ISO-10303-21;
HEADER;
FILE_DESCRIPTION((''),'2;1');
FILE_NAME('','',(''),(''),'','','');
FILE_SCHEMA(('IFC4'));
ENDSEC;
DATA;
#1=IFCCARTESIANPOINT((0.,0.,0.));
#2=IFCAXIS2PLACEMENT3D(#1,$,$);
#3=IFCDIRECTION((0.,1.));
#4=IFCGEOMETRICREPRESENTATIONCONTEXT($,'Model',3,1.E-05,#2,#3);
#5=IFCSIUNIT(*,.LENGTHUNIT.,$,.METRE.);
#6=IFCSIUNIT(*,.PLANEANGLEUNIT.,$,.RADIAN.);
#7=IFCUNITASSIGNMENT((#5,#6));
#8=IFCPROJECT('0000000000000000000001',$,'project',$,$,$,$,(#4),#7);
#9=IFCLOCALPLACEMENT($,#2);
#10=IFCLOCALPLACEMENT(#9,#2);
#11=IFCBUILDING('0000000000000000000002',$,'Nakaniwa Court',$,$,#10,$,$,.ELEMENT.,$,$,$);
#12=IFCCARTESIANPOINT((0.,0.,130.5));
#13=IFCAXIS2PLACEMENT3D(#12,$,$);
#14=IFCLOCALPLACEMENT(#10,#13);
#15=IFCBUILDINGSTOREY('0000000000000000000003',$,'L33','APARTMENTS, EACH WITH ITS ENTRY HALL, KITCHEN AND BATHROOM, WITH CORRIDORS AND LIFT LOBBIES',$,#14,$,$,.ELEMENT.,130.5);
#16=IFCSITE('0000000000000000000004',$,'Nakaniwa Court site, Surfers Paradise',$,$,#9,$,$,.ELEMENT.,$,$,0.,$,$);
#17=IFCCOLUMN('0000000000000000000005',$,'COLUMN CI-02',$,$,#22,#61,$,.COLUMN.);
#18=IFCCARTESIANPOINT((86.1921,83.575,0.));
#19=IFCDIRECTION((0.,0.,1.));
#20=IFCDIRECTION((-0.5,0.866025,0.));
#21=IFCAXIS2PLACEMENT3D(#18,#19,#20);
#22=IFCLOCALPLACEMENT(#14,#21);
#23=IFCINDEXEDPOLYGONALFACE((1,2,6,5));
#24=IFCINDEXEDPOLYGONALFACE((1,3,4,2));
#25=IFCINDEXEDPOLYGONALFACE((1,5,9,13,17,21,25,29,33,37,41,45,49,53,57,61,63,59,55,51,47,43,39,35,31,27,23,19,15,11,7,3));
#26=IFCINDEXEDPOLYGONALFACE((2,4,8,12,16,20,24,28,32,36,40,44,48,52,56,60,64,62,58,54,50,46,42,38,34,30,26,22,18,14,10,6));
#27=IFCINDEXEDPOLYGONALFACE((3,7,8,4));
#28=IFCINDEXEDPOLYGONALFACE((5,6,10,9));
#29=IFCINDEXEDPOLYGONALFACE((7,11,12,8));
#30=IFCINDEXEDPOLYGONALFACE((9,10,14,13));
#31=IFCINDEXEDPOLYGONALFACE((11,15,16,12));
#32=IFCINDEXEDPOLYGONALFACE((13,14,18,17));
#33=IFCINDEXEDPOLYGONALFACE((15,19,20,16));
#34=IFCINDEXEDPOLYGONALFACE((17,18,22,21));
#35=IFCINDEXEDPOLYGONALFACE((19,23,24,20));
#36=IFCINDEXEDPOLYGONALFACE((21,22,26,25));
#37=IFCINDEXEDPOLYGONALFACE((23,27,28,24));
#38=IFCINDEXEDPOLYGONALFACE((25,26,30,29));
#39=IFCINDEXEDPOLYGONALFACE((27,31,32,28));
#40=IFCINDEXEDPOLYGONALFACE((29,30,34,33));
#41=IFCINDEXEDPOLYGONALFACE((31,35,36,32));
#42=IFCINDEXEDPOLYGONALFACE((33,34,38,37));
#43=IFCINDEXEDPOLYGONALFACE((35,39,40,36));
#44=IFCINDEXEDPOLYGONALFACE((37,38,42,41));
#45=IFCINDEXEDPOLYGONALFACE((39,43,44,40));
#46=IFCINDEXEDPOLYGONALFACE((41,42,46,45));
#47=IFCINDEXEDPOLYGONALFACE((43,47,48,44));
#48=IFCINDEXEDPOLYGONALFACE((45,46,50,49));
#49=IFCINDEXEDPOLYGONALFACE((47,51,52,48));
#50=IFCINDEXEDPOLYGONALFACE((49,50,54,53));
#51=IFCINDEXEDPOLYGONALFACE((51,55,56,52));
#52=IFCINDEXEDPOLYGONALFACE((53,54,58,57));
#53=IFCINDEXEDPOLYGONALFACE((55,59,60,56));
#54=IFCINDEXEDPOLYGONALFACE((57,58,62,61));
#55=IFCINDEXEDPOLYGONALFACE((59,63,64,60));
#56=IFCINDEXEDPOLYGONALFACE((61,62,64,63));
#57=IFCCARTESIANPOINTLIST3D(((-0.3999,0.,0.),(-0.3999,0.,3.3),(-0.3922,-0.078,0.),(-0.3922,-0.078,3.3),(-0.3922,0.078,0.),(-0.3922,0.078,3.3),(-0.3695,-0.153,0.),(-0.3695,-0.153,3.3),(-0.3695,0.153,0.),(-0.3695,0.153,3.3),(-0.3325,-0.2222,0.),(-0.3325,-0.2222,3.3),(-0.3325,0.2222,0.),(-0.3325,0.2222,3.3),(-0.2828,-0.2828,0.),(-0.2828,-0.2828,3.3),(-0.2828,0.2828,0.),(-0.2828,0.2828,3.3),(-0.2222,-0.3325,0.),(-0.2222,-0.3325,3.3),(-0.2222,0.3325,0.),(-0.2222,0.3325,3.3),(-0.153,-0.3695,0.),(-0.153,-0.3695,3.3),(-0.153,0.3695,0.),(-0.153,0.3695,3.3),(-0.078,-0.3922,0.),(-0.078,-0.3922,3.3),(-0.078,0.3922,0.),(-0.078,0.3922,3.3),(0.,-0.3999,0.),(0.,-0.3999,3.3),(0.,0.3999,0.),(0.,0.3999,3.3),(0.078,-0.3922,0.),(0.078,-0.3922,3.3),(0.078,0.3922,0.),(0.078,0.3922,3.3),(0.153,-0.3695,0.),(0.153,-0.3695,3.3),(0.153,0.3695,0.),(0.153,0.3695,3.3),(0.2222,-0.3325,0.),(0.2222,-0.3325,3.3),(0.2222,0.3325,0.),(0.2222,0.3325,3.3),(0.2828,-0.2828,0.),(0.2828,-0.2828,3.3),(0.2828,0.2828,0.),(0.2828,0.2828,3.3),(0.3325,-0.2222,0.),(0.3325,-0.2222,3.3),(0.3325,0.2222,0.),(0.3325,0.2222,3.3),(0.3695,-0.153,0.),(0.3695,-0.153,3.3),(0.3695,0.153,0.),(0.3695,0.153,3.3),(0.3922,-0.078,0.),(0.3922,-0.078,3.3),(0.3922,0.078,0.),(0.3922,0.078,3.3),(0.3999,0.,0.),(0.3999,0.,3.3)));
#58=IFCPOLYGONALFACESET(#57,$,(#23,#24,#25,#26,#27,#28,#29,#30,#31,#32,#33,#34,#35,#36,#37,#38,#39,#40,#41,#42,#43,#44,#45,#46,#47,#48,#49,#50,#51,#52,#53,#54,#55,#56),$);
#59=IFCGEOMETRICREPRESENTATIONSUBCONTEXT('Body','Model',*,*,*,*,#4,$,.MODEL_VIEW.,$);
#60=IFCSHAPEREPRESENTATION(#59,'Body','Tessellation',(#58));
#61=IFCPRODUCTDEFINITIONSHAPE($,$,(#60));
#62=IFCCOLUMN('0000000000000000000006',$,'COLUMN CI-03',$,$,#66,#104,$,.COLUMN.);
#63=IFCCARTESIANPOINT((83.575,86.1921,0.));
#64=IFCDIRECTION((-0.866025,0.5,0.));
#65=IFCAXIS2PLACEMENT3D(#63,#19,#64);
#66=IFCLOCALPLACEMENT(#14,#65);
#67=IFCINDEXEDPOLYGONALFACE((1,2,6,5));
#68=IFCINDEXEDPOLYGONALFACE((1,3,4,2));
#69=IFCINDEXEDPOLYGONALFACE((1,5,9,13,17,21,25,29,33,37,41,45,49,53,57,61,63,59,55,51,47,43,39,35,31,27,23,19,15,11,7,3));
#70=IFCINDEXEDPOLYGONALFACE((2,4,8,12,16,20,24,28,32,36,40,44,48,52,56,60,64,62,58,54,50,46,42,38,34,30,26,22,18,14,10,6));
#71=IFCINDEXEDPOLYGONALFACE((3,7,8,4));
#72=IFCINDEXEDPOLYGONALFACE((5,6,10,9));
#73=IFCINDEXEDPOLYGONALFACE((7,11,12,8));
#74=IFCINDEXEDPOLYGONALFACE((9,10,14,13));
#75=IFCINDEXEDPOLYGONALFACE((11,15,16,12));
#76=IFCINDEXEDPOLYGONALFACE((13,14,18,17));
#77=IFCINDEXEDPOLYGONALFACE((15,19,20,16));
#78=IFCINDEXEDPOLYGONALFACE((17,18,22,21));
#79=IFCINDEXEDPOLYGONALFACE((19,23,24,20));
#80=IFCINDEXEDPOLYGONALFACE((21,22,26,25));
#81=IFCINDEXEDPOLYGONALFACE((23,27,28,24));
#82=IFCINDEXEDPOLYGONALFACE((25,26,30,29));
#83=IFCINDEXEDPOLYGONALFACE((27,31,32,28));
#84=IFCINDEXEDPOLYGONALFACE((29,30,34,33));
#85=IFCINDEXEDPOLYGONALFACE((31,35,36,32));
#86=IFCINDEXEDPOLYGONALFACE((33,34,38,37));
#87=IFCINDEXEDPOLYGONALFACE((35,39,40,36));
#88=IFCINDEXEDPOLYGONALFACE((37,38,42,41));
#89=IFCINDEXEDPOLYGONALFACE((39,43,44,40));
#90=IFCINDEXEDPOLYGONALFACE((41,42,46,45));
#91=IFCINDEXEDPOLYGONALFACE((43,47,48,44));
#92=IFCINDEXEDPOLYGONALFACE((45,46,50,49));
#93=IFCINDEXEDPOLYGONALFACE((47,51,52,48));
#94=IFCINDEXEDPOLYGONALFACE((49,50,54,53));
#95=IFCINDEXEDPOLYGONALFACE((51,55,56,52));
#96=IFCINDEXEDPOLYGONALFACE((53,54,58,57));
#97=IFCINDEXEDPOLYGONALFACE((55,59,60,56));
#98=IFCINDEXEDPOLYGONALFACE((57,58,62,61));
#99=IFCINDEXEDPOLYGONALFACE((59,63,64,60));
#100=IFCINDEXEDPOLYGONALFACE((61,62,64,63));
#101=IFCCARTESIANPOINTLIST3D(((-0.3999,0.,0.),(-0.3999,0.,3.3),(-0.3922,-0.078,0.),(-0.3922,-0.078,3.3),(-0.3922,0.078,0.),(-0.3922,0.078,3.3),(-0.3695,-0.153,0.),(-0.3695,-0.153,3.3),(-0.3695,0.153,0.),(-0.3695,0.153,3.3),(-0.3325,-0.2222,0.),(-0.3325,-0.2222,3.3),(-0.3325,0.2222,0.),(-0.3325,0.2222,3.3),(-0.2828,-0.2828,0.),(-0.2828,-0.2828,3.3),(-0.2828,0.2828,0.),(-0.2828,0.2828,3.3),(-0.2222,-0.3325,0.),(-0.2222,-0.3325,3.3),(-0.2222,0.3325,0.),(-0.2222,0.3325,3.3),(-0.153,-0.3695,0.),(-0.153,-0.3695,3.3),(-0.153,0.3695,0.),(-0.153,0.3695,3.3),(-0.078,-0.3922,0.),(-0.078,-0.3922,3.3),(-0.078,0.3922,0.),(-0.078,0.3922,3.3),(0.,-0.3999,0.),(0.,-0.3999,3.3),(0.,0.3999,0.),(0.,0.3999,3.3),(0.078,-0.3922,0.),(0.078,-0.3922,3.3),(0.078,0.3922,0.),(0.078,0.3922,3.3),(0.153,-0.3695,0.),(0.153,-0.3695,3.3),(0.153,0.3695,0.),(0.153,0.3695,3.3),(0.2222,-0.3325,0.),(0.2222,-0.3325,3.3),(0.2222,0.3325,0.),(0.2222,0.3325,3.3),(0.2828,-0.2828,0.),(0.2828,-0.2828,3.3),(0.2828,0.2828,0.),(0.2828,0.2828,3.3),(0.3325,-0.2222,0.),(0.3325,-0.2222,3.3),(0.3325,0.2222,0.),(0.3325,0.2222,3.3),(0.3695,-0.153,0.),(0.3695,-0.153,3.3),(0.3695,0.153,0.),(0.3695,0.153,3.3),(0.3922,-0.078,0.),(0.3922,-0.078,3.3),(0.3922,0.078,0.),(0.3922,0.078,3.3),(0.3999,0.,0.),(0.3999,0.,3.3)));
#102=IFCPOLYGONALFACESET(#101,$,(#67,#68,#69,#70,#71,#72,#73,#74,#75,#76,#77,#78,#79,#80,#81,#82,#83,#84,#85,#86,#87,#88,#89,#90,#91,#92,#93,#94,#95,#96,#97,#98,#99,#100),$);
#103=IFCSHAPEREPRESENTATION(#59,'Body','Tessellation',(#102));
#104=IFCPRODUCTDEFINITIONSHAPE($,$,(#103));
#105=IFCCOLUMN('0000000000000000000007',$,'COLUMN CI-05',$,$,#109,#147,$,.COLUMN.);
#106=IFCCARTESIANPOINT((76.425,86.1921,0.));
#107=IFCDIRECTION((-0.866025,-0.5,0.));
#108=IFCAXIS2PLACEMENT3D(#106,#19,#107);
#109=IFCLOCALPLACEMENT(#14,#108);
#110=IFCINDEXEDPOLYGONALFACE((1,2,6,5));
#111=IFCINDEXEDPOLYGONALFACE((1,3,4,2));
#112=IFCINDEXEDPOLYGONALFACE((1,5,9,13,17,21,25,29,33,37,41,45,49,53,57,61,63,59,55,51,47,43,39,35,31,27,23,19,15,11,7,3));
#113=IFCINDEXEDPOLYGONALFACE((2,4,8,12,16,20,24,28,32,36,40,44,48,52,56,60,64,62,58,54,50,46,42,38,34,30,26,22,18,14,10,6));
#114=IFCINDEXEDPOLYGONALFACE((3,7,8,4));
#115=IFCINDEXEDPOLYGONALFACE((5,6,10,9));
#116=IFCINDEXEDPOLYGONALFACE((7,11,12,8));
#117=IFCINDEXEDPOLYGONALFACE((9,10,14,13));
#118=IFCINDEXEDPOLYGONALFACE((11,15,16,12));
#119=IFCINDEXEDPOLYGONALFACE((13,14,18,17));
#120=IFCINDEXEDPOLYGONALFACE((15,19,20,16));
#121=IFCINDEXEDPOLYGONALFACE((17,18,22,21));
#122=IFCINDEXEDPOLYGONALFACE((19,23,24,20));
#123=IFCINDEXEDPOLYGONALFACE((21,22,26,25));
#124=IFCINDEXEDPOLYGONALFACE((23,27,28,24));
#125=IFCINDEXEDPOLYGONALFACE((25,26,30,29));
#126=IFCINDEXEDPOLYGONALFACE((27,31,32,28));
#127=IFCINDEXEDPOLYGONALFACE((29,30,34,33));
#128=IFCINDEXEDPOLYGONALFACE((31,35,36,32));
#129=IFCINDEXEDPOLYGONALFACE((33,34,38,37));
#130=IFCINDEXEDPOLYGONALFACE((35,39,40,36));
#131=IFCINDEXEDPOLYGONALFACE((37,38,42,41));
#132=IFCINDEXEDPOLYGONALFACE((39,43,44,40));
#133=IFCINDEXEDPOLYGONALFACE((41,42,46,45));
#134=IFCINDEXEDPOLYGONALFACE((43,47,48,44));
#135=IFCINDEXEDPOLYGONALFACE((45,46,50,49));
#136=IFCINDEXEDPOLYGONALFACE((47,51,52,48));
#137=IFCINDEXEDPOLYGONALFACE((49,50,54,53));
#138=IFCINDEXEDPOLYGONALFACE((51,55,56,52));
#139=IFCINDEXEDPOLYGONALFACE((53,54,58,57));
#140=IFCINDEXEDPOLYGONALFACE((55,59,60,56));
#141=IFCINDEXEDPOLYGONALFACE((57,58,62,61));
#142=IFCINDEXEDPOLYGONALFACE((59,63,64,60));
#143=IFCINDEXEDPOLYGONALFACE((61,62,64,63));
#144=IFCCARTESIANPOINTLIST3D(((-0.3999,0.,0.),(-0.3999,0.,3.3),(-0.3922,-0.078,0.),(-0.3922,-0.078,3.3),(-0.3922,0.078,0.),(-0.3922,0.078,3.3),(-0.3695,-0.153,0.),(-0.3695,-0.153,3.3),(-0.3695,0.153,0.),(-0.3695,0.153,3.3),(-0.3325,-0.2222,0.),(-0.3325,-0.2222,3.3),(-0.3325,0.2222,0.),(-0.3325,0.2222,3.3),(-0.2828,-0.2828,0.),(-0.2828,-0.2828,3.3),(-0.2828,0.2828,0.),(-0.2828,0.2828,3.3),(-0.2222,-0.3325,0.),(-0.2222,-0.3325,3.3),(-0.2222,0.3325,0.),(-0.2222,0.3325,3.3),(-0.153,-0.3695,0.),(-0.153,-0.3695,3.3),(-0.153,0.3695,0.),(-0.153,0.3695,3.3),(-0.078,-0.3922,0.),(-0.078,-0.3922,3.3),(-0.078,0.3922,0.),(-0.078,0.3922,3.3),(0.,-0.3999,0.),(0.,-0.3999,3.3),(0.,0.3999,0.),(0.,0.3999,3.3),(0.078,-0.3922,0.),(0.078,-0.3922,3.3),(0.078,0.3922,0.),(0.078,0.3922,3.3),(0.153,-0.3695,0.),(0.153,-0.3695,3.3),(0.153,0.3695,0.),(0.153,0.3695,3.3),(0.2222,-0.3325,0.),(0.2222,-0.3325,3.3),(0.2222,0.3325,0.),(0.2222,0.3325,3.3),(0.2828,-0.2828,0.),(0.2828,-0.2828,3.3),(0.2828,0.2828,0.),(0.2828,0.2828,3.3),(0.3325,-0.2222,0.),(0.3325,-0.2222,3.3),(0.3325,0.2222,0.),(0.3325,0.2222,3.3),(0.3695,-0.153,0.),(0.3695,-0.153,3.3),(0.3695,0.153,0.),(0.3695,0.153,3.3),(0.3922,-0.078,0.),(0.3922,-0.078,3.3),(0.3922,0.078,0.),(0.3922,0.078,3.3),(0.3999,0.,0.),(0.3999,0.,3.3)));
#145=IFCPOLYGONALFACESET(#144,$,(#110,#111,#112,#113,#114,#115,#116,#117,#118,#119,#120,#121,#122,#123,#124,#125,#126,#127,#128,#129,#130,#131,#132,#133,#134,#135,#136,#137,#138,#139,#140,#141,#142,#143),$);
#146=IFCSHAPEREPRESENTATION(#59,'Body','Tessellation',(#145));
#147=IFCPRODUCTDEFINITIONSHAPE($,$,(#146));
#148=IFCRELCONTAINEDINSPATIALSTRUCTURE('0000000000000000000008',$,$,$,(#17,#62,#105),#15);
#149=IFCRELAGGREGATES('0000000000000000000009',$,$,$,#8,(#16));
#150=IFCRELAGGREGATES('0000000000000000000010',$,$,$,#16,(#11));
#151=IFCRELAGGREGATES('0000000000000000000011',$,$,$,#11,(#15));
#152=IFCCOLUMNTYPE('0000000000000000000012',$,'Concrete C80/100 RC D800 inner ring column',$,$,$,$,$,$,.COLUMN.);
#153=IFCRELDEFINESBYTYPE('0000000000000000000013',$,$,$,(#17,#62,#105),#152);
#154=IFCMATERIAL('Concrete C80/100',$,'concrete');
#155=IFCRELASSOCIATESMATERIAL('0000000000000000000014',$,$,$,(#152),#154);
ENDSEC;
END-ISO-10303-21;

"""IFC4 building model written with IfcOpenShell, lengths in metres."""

from ifc_helpers import new_model, si_unit, direction, frame, origin, origin_2d, place, context, subcontext, project, spatial, circle, extrude, material, material_profile, profile_set, type_object, element, save


model = new_model("IFC4")

# Units and contexts
model_context = context("Model", 3, precision=1e-05, world=origin(), true_north=direction((0.0, 1.0)))
body_context = subcontext(model_context, "Body", "Model", "MODEL_VIEW")
ifc_project = project(units=[si_unit("LENGTHUNIT", "METRE"), si_unit("PLANEANGLEUNIT", "RADIAN")], contexts=[model_context])

# Site, building, storey
site_placement = place(None, origin())
site = spatial("IfcSite", under=ifc_project, at=site_placement, Name="Nakaniwa Court site, Surfers Paradise", CompositionType="ELEMENT", RefElevation=0.0)
building_placement = place(site_placement, origin())
building = spatial("IfcBuilding", under=site, at=building_placement, Name="Nakaniwa Court", CompositionType="ELEMENT")
storey_placement = place(building_placement, frame((0.0, 0.0, 130.5)))
storey = spatial("IfcBuildingStorey", under=building, at=storey_placement, Name="L33", Description="APARTMENTS, EACH WITH ITS ENTRY HALL, KITCHEN AND BATHROOM, WITH CORRIDORS AND LIFT LOBBIES", CompositionType="ELEMENT", Elevation=130.5)

# Columns
ifc_material_1 = material(Name="Concrete C80/100", Category="concrete")
ifc_material_profile_1 = material_profile(ifc_material_1, circle(Radius=0.3999, at=origin_2d()), Name="Concrete C80/100 RC D800 inner ring column")
ifc_profile_set_1 = profile_set([ifc_material_profile_1], Name="Concrete C80/100")
column_type = type_object("IfcColumnType", Name="Concrete C80/100 RC D800 inner ring column", PredefinedType="COLUMN", material=ifc_profile_set_1)
for number, where, z_axis, x_axis, name in (
    (1, (86.1921, 83.575, 0.0), (0.0, 0.0, 1.0), (-0.5, 0.866025, 0.0), "COLUMN CI-02"),
    (2, (83.575, 86.1921, 0.0), (0.0, 0.0, 1.0), (-0.866025, 0.5, 0.0), "COLUMN CI-03"),
    (3, (76.425, 86.1921, 0.0), (0.0, 0.0, 1.0), (-0.866025, -0.5, 0.0), "COLUMN CI-05"),
):
    element("IfcColumn", number, at=place(storey_placement, frame(where, z_axis=z_axis, x_axis=x_axis)), inside=storey, type_object=column_type, Name=name, PredefinedType="COLUMN", context=body_context, shape_type="SweptSolid", body=[
        extrude(circle(Radius=0.3999, at=origin_2d()), origin(), (0.0, 0.0, 1.0), 3.3),
    ])

save(model, "model.ifc")
